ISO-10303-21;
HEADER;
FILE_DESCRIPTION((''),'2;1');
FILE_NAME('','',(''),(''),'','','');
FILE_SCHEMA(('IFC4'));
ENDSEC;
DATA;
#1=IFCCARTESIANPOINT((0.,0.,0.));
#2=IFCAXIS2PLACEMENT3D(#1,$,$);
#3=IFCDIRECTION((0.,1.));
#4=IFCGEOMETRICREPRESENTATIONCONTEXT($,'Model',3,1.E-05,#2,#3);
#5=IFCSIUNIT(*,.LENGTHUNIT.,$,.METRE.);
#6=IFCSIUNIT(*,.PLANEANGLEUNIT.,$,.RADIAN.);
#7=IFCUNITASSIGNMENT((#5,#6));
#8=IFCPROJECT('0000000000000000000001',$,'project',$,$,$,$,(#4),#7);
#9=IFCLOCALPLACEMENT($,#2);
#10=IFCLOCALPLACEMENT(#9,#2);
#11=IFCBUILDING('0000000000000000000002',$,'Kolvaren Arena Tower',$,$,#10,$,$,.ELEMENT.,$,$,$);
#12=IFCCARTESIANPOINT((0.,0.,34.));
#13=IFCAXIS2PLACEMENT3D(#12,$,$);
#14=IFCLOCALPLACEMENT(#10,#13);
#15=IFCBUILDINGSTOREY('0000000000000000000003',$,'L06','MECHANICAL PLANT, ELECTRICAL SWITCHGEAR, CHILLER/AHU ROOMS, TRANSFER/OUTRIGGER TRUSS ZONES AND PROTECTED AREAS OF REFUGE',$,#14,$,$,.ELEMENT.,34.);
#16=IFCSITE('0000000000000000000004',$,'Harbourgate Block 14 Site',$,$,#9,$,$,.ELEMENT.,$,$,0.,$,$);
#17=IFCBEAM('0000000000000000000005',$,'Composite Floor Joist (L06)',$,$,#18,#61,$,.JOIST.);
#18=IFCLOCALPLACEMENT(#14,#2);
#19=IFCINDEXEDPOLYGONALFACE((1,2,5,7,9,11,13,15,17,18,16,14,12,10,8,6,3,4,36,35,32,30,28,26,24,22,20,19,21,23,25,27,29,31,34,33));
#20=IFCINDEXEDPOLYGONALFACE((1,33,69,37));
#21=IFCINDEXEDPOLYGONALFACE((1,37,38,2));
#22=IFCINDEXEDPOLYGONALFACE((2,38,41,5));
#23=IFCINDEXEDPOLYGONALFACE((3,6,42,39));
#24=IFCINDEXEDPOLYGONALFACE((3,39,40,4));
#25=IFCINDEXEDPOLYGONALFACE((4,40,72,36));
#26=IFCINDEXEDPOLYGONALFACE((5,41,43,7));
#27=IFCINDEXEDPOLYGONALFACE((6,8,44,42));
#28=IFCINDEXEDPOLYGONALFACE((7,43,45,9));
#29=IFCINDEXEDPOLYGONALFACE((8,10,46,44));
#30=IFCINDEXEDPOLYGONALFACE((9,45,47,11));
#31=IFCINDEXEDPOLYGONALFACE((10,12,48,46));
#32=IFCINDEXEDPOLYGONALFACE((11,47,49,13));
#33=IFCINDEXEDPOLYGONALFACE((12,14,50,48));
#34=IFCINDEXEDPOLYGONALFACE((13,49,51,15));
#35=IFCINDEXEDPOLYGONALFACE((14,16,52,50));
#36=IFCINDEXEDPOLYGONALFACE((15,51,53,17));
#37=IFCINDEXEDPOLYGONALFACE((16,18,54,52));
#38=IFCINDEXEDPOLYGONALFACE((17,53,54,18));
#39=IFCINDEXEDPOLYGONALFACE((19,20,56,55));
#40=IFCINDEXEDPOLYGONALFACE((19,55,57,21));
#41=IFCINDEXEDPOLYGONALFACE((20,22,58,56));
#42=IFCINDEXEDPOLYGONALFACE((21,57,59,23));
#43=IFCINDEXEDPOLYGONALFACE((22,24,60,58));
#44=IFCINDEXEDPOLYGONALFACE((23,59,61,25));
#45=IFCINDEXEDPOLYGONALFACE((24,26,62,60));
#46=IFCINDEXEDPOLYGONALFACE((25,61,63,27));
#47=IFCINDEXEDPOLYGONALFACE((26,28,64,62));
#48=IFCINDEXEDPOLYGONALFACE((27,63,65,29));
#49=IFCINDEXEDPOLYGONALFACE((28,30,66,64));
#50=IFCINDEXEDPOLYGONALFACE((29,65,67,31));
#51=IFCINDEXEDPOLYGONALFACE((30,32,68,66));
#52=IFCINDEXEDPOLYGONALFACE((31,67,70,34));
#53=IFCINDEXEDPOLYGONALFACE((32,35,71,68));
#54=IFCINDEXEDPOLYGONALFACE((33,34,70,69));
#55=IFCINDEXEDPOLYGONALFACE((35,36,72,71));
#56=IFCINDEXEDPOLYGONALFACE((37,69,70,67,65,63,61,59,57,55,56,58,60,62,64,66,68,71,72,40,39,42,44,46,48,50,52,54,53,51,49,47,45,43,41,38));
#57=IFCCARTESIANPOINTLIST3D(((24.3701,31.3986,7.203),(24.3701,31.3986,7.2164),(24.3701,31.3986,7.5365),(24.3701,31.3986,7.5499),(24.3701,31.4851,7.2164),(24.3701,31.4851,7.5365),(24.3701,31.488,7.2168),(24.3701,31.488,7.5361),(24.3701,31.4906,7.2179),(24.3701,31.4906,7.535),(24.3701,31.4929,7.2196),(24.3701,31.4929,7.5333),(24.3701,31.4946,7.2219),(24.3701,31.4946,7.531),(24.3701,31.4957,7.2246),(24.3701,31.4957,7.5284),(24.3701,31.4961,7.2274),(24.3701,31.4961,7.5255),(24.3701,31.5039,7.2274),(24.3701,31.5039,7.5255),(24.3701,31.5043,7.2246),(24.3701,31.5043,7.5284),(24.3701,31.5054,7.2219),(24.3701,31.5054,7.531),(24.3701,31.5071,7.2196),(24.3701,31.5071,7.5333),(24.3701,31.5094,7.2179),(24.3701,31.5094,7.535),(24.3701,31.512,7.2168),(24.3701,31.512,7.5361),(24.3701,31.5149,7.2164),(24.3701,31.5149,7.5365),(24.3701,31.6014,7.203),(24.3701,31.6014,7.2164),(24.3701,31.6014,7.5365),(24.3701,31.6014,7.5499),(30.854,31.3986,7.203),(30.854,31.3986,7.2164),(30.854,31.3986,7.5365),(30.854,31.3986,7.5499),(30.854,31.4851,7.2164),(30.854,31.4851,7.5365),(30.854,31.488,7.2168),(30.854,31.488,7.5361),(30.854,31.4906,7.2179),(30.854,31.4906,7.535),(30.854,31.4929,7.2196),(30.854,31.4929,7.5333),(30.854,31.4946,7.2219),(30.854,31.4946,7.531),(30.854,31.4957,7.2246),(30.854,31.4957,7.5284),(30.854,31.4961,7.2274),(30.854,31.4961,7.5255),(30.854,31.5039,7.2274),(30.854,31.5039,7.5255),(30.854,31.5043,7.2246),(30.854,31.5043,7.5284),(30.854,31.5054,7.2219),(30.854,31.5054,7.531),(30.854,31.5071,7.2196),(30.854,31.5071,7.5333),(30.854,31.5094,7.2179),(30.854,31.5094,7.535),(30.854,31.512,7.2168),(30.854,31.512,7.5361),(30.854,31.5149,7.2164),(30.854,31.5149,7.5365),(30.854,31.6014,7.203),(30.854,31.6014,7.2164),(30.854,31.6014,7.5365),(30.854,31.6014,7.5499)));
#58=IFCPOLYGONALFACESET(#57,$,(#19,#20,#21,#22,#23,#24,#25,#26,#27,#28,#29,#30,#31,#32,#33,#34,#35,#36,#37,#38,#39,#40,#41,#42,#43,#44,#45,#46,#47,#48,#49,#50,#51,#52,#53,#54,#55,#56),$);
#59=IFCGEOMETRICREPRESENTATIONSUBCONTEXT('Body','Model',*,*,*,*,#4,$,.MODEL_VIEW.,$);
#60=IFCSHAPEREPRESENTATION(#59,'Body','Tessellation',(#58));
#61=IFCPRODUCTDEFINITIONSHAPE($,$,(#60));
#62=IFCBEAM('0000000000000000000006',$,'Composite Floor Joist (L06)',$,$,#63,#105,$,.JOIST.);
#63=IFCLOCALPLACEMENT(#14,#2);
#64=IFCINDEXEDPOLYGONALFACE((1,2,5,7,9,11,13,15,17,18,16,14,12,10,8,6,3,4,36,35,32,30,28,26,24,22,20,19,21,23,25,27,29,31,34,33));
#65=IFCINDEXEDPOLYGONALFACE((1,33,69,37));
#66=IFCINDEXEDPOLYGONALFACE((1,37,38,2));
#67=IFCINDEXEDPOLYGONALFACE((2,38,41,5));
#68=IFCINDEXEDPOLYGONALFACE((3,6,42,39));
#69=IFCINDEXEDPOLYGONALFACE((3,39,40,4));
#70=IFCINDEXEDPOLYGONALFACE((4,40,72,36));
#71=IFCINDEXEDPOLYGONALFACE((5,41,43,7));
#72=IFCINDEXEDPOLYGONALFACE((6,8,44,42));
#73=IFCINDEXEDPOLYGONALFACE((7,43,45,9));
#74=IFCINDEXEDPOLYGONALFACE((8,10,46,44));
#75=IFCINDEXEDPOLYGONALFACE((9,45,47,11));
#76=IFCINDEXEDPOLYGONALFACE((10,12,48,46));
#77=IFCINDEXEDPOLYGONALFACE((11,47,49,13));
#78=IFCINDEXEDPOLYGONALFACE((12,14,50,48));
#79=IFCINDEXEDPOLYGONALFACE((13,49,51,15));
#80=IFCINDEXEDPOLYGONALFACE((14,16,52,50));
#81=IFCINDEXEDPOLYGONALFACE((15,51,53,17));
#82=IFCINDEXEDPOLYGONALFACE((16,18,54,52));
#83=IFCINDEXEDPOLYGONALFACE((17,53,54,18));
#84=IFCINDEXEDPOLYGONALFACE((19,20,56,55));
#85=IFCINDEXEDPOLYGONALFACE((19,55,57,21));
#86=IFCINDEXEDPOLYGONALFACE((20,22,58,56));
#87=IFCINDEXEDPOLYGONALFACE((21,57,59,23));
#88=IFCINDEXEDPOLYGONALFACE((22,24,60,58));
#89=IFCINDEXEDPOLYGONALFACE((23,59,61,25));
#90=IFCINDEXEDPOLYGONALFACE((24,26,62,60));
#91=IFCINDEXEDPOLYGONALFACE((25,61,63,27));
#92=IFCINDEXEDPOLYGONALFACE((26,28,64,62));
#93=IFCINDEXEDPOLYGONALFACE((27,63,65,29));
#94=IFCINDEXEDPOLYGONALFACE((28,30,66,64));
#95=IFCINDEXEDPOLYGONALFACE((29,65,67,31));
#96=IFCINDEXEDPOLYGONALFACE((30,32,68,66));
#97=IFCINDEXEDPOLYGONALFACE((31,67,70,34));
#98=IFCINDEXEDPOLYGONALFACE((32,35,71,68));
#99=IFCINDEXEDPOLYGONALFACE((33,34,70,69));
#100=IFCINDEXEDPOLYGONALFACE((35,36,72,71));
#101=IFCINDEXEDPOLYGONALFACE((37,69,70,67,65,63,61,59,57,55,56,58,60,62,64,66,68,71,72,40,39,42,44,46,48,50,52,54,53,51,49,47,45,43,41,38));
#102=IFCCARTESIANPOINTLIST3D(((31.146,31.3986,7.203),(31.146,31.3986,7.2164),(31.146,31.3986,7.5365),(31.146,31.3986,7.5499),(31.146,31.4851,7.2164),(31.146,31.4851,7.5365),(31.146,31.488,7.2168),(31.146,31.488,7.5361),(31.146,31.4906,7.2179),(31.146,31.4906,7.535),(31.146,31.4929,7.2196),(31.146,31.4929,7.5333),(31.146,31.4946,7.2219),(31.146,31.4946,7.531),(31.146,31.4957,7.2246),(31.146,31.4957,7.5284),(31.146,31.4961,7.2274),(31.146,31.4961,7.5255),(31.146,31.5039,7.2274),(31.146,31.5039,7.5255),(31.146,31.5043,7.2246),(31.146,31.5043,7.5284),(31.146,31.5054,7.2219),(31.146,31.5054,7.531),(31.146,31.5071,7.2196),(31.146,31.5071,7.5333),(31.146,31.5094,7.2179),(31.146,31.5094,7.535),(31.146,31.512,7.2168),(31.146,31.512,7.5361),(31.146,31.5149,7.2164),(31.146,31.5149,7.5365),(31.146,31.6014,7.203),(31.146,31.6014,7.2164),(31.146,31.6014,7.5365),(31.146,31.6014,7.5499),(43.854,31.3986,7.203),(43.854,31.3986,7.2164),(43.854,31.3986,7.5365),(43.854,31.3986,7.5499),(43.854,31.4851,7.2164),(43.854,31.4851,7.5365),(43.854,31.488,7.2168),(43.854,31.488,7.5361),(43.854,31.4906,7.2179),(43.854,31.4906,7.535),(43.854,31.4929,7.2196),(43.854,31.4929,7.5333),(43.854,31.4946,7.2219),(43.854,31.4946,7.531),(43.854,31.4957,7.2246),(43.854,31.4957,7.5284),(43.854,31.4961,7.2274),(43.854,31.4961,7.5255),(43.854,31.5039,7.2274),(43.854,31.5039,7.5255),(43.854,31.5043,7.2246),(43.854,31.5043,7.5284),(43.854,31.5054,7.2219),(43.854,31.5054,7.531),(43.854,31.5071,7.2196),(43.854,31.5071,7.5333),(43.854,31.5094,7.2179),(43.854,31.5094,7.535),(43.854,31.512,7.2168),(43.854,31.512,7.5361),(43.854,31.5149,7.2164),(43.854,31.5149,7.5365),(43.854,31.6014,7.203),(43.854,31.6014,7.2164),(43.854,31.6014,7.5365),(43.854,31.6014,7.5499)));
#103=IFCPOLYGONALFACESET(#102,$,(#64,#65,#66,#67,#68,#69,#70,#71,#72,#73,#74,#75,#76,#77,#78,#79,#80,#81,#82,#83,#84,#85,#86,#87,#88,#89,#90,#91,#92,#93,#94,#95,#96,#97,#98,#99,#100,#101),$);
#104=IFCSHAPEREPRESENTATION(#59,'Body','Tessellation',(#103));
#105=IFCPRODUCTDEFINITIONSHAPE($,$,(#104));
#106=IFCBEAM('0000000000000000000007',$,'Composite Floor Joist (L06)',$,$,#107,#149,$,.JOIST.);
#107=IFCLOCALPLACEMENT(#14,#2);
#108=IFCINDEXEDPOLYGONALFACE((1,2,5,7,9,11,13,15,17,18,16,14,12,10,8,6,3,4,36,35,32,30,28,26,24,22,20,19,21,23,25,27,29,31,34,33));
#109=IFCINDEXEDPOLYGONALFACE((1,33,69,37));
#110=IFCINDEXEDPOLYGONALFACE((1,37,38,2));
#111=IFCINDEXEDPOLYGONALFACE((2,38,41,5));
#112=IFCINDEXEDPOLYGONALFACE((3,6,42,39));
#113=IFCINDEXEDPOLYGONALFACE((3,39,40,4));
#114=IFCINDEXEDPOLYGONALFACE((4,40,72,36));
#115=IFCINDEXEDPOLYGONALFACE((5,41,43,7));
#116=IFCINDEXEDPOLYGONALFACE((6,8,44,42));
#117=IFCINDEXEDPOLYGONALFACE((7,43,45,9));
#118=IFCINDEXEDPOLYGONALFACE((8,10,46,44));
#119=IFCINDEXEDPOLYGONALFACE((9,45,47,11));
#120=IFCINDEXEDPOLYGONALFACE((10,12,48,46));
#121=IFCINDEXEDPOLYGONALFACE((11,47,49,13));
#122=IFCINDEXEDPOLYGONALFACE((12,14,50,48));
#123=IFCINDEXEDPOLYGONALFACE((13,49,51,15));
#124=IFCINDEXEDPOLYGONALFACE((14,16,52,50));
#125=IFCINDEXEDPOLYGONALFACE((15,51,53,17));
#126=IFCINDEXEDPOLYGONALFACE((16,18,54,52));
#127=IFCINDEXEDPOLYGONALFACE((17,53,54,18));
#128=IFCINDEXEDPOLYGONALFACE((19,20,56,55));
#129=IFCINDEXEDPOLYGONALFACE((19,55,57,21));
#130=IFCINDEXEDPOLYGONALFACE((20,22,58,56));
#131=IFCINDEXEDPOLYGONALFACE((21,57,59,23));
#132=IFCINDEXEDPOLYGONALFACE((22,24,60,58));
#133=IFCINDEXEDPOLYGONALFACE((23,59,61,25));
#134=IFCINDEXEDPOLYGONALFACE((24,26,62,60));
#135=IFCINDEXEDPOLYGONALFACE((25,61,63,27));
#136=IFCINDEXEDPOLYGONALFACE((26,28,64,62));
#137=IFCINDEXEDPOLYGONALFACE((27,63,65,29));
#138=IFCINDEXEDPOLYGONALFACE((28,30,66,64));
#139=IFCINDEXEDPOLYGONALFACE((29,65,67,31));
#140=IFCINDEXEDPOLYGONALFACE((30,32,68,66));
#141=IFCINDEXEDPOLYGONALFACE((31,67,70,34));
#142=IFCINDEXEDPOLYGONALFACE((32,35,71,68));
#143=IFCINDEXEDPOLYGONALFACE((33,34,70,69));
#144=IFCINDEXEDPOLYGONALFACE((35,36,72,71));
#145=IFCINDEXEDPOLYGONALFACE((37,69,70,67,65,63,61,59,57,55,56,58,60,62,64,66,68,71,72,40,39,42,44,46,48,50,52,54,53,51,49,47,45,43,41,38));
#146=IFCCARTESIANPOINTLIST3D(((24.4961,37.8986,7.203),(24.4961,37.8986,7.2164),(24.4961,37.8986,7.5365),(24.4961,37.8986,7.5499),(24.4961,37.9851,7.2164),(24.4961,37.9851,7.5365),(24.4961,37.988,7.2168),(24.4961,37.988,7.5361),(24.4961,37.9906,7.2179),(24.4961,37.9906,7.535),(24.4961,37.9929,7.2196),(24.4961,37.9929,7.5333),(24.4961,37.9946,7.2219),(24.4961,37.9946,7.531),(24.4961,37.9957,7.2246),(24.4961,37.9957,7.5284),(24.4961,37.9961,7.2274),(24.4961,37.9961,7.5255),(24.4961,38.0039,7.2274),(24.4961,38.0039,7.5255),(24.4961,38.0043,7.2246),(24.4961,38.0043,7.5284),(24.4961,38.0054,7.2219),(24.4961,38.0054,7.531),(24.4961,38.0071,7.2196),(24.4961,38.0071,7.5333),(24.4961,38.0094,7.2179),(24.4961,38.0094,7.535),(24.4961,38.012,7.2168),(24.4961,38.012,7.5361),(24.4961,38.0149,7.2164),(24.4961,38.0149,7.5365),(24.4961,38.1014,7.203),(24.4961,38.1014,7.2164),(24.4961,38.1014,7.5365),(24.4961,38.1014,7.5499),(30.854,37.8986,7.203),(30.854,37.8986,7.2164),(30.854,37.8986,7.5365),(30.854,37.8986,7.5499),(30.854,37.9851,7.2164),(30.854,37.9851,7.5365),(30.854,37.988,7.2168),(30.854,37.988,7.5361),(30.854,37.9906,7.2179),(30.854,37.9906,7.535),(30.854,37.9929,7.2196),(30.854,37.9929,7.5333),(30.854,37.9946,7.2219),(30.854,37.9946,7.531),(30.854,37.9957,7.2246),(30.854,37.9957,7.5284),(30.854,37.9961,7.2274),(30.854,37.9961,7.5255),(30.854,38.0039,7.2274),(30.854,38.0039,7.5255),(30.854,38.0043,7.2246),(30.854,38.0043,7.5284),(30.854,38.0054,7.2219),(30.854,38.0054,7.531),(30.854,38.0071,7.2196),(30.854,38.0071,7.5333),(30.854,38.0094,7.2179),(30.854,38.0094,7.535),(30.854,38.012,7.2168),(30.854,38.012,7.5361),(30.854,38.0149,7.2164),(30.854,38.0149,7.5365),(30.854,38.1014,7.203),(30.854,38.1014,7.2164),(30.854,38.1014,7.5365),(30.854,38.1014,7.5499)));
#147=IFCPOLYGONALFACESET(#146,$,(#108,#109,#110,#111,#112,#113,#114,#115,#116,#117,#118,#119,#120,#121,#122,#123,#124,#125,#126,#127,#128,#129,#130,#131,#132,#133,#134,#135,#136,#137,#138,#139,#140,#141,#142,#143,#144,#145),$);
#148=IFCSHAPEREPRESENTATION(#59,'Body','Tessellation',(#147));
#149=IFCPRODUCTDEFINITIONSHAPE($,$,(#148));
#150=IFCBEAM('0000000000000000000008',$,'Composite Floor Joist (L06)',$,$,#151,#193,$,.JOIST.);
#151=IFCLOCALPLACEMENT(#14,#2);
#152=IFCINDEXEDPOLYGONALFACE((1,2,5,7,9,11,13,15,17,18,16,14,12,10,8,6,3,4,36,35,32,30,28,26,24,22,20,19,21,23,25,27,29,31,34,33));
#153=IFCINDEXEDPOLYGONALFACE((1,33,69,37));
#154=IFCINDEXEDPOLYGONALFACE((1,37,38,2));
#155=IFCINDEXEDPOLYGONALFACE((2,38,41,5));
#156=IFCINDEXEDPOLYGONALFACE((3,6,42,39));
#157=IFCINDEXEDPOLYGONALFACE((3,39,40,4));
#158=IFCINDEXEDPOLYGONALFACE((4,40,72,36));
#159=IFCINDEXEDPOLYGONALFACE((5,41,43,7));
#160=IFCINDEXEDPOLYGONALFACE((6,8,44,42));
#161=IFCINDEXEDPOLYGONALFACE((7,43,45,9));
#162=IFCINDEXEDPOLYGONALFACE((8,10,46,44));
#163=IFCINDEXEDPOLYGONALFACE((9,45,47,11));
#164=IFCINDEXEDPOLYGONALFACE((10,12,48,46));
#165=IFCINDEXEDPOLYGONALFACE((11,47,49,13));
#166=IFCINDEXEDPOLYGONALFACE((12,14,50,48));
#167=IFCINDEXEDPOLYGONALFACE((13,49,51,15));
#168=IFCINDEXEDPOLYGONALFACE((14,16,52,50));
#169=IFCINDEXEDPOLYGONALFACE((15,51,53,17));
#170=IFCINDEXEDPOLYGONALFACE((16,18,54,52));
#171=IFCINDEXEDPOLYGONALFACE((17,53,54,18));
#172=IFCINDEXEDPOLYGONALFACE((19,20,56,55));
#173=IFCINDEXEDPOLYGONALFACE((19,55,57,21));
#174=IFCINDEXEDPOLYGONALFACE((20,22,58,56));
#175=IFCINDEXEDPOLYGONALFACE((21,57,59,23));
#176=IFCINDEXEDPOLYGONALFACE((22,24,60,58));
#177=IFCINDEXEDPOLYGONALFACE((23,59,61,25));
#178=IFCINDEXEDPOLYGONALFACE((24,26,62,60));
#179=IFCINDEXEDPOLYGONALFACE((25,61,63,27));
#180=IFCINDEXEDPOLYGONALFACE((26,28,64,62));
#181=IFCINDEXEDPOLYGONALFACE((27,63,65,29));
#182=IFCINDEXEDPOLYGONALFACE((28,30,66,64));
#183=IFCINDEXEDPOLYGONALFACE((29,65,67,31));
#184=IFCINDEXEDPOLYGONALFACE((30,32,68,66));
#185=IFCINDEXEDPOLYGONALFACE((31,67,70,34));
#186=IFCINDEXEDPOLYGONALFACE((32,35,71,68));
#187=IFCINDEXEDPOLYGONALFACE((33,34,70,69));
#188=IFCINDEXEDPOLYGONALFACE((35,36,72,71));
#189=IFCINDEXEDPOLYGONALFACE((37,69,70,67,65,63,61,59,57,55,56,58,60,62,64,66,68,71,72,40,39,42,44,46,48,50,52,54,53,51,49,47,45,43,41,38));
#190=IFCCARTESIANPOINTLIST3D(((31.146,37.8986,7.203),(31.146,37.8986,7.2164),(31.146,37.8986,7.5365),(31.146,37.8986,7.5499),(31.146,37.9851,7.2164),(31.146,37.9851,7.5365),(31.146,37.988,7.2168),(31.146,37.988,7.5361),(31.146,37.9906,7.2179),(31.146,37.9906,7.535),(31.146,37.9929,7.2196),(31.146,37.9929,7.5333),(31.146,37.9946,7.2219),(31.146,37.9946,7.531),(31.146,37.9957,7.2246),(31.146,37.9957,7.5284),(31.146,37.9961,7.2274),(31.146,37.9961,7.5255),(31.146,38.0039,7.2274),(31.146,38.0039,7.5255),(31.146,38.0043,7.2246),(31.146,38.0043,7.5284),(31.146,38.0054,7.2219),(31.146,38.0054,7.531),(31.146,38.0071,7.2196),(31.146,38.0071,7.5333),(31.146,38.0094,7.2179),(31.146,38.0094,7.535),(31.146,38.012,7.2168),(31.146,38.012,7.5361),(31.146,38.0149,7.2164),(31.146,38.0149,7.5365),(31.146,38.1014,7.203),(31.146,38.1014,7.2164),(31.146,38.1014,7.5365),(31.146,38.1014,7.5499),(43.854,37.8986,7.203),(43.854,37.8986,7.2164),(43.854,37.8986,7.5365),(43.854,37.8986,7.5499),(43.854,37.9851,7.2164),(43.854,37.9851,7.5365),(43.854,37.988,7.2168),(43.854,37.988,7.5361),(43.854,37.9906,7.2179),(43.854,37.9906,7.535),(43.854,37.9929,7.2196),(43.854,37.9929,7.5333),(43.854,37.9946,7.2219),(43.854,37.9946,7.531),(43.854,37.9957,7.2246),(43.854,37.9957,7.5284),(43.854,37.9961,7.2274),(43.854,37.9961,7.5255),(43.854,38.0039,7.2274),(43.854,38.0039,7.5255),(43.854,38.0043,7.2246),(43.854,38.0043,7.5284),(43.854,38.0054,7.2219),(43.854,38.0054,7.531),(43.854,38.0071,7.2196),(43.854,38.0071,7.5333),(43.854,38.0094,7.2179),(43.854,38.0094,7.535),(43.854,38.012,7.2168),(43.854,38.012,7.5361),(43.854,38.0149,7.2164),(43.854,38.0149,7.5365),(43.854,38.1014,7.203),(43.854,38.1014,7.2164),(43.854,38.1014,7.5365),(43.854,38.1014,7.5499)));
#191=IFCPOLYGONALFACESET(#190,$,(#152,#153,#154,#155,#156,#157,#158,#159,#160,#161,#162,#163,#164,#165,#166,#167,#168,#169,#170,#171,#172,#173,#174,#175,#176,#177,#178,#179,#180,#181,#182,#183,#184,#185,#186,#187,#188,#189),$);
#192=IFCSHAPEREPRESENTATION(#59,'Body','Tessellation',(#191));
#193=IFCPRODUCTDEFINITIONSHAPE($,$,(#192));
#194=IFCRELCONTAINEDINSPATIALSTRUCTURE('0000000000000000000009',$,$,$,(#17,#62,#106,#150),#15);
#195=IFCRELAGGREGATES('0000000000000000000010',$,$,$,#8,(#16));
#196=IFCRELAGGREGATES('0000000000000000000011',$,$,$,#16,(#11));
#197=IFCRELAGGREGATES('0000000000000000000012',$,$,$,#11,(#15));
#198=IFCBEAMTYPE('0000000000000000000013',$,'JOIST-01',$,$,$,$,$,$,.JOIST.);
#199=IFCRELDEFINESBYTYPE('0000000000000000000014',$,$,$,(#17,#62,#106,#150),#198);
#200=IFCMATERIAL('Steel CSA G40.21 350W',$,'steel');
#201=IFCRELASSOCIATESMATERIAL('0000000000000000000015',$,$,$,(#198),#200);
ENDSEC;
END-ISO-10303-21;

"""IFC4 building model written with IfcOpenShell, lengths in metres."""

from ifc_helpers import new_model, si_unit, direction, frame, origin, origin_2d, place, context, subcontext, project, spatial, i_section, extrude, material, material_profile, profile_set, type_object, element, save


model = new_model("IFC4")

# Units and contexts
model_context = context("Model", 3, precision=1e-05, world=origin(), true_north=direction((0.0, 1.0)))
body_context = subcontext(model_context, "Body", "Model", "MODEL_VIEW")
ifc_project = project(units=[si_unit("LENGTHUNIT", "METRE"), si_unit("PLANEANGLEUNIT", "RADIAN")], contexts=[model_context])

# Site, building, storey
site_placement = place(None, origin())
site = spatial("IfcSite", under=ifc_project, at=site_placement, Name="Harbourgate Block 14 Site", CompositionType="ELEMENT", RefElevation=0.0)
building_placement = place(site_placement, origin())
building = spatial("IfcBuilding", under=site, at=building_placement, Name="Kolvaren Arena Tower", CompositionType="ELEMENT")
storey_placement = place(building_placement, frame((0.0, 0.0, 34.0)))
storey = spatial("IfcBuildingStorey", under=building, at=storey_placement, Name="L06", Description="MECHANICAL PLANT, ELECTRICAL SWITCHGEAR, CHILLER/AHU ROOMS, TRANSFER/OUTRIGGER TRUSS ZONES AND PROTECTED AREAS OF REFUGE", CompositionType="ELEMENT", Elevation=34.0)

# Shared definitions
ifc_material_1 = material(Name="Steel CSA G40.21 350W", Category="steel")

# Beams
ifc_material_profile_1 = material_profile(ifc_material_1, i_section(OverallWidth=0.2029, OverallDepth=0.3469, WebThickness=0.0078, FlangeThickness=0.0134, FilletRadius=0.011, at=origin_2d()), Name="W360x64")
ifc_profile_set_1 = profile_set([ifc_material_profile_1], Name="Steel CSA G40.21 350W")
beam_type_1 = type_object("IfcBeamType", Name="JOIST-01", PredefinedType="JOIST", material=ifc_profile_set_1)
beam_1_placement = place(storey_placement, frame((24.3701, 31.5, 7.3765), z_axis=(1.0, 0.0, 0.0), x_axis=(0.0, 1.0, 0.0)))
element("IfcBeam", 1, at=beam_1_placement, inside=storey, type_object=beam_type_1, Name="Composite Floor Joist (L06)", PredefinedType="JOIST", context=body_context, shape_type="SweptSolid", body=[
    extrude(i_section(OverallWidth=0.2029, OverallDepth=0.3469, WebThickness=0.0078, FlangeThickness=0.0134, FilletRadius=0.011, at=origin_2d()), origin(), (0.0, 0.0, 1.0), 6.4839),
])
beam_2_placement = place(storey_placement, frame((31.146, 31.5, 7.3765), z_axis=(1.0, 0.0, 0.0), x_axis=(0.0, 1.0, 0.0)))
element("IfcBeam", 2, at=beam_2_placement, inside=storey, type_object=beam_type_1, Name="Composite Floor Joist (L06)", PredefinedType="JOIST", context=body_context, shape_type="SweptSolid", body=[
    extrude(i_section(OverallWidth=0.2029, OverallDepth=0.3469, WebThickness=0.0078, FlangeThickness=0.0134, FilletRadius=0.011, at=origin_2d()), origin(), (0.0, 0.0, 1.0), 12.708),
])
beam_3_placement = place(storey_placement, frame((24.4961, 38.0, 7.3765), z_axis=(1.0, 0.0, 0.0), x_axis=(0.0, 1.0, 0.0)))
element("IfcBeam", 3, at=beam_3_placement, inside=storey, type_object=beam_type_1, Name="Composite Floor Joist (L06)", PredefinedType="JOIST", context=body_context, shape_type="SweptSolid", body=[
    extrude(i_section(OverallWidth=0.2029, OverallDepth=0.3469, WebThickness=0.0078, FlangeThickness=0.0134, FilletRadius=0.011, at=origin_2d()), origin(), (0.0, 0.0, 1.0), 6.3579),
])
beam_4_placement = place(storey_placement, frame((31.146, 38.0, 7.3765), z_axis=(1.0, 0.0, 0.0), x_axis=(0.0, 1.0, 0.0)))
element("IfcBeam", 4, at=beam_4_placement, inside=storey, type_object=beam_type_1, Name="Composite Floor Joist (L06)", PredefinedType="JOIST", context=body_context, shape_type="SweptSolid", body=[
    extrude(i_section(OverallWidth=0.2029, OverallDepth=0.3469, WebThickness=0.0078, FlangeThickness=0.0134, FilletRadius=0.011, at=origin_2d()), origin(), (0.0, 0.0, 1.0), 12.708),
])

save(model, "model.ifc")
